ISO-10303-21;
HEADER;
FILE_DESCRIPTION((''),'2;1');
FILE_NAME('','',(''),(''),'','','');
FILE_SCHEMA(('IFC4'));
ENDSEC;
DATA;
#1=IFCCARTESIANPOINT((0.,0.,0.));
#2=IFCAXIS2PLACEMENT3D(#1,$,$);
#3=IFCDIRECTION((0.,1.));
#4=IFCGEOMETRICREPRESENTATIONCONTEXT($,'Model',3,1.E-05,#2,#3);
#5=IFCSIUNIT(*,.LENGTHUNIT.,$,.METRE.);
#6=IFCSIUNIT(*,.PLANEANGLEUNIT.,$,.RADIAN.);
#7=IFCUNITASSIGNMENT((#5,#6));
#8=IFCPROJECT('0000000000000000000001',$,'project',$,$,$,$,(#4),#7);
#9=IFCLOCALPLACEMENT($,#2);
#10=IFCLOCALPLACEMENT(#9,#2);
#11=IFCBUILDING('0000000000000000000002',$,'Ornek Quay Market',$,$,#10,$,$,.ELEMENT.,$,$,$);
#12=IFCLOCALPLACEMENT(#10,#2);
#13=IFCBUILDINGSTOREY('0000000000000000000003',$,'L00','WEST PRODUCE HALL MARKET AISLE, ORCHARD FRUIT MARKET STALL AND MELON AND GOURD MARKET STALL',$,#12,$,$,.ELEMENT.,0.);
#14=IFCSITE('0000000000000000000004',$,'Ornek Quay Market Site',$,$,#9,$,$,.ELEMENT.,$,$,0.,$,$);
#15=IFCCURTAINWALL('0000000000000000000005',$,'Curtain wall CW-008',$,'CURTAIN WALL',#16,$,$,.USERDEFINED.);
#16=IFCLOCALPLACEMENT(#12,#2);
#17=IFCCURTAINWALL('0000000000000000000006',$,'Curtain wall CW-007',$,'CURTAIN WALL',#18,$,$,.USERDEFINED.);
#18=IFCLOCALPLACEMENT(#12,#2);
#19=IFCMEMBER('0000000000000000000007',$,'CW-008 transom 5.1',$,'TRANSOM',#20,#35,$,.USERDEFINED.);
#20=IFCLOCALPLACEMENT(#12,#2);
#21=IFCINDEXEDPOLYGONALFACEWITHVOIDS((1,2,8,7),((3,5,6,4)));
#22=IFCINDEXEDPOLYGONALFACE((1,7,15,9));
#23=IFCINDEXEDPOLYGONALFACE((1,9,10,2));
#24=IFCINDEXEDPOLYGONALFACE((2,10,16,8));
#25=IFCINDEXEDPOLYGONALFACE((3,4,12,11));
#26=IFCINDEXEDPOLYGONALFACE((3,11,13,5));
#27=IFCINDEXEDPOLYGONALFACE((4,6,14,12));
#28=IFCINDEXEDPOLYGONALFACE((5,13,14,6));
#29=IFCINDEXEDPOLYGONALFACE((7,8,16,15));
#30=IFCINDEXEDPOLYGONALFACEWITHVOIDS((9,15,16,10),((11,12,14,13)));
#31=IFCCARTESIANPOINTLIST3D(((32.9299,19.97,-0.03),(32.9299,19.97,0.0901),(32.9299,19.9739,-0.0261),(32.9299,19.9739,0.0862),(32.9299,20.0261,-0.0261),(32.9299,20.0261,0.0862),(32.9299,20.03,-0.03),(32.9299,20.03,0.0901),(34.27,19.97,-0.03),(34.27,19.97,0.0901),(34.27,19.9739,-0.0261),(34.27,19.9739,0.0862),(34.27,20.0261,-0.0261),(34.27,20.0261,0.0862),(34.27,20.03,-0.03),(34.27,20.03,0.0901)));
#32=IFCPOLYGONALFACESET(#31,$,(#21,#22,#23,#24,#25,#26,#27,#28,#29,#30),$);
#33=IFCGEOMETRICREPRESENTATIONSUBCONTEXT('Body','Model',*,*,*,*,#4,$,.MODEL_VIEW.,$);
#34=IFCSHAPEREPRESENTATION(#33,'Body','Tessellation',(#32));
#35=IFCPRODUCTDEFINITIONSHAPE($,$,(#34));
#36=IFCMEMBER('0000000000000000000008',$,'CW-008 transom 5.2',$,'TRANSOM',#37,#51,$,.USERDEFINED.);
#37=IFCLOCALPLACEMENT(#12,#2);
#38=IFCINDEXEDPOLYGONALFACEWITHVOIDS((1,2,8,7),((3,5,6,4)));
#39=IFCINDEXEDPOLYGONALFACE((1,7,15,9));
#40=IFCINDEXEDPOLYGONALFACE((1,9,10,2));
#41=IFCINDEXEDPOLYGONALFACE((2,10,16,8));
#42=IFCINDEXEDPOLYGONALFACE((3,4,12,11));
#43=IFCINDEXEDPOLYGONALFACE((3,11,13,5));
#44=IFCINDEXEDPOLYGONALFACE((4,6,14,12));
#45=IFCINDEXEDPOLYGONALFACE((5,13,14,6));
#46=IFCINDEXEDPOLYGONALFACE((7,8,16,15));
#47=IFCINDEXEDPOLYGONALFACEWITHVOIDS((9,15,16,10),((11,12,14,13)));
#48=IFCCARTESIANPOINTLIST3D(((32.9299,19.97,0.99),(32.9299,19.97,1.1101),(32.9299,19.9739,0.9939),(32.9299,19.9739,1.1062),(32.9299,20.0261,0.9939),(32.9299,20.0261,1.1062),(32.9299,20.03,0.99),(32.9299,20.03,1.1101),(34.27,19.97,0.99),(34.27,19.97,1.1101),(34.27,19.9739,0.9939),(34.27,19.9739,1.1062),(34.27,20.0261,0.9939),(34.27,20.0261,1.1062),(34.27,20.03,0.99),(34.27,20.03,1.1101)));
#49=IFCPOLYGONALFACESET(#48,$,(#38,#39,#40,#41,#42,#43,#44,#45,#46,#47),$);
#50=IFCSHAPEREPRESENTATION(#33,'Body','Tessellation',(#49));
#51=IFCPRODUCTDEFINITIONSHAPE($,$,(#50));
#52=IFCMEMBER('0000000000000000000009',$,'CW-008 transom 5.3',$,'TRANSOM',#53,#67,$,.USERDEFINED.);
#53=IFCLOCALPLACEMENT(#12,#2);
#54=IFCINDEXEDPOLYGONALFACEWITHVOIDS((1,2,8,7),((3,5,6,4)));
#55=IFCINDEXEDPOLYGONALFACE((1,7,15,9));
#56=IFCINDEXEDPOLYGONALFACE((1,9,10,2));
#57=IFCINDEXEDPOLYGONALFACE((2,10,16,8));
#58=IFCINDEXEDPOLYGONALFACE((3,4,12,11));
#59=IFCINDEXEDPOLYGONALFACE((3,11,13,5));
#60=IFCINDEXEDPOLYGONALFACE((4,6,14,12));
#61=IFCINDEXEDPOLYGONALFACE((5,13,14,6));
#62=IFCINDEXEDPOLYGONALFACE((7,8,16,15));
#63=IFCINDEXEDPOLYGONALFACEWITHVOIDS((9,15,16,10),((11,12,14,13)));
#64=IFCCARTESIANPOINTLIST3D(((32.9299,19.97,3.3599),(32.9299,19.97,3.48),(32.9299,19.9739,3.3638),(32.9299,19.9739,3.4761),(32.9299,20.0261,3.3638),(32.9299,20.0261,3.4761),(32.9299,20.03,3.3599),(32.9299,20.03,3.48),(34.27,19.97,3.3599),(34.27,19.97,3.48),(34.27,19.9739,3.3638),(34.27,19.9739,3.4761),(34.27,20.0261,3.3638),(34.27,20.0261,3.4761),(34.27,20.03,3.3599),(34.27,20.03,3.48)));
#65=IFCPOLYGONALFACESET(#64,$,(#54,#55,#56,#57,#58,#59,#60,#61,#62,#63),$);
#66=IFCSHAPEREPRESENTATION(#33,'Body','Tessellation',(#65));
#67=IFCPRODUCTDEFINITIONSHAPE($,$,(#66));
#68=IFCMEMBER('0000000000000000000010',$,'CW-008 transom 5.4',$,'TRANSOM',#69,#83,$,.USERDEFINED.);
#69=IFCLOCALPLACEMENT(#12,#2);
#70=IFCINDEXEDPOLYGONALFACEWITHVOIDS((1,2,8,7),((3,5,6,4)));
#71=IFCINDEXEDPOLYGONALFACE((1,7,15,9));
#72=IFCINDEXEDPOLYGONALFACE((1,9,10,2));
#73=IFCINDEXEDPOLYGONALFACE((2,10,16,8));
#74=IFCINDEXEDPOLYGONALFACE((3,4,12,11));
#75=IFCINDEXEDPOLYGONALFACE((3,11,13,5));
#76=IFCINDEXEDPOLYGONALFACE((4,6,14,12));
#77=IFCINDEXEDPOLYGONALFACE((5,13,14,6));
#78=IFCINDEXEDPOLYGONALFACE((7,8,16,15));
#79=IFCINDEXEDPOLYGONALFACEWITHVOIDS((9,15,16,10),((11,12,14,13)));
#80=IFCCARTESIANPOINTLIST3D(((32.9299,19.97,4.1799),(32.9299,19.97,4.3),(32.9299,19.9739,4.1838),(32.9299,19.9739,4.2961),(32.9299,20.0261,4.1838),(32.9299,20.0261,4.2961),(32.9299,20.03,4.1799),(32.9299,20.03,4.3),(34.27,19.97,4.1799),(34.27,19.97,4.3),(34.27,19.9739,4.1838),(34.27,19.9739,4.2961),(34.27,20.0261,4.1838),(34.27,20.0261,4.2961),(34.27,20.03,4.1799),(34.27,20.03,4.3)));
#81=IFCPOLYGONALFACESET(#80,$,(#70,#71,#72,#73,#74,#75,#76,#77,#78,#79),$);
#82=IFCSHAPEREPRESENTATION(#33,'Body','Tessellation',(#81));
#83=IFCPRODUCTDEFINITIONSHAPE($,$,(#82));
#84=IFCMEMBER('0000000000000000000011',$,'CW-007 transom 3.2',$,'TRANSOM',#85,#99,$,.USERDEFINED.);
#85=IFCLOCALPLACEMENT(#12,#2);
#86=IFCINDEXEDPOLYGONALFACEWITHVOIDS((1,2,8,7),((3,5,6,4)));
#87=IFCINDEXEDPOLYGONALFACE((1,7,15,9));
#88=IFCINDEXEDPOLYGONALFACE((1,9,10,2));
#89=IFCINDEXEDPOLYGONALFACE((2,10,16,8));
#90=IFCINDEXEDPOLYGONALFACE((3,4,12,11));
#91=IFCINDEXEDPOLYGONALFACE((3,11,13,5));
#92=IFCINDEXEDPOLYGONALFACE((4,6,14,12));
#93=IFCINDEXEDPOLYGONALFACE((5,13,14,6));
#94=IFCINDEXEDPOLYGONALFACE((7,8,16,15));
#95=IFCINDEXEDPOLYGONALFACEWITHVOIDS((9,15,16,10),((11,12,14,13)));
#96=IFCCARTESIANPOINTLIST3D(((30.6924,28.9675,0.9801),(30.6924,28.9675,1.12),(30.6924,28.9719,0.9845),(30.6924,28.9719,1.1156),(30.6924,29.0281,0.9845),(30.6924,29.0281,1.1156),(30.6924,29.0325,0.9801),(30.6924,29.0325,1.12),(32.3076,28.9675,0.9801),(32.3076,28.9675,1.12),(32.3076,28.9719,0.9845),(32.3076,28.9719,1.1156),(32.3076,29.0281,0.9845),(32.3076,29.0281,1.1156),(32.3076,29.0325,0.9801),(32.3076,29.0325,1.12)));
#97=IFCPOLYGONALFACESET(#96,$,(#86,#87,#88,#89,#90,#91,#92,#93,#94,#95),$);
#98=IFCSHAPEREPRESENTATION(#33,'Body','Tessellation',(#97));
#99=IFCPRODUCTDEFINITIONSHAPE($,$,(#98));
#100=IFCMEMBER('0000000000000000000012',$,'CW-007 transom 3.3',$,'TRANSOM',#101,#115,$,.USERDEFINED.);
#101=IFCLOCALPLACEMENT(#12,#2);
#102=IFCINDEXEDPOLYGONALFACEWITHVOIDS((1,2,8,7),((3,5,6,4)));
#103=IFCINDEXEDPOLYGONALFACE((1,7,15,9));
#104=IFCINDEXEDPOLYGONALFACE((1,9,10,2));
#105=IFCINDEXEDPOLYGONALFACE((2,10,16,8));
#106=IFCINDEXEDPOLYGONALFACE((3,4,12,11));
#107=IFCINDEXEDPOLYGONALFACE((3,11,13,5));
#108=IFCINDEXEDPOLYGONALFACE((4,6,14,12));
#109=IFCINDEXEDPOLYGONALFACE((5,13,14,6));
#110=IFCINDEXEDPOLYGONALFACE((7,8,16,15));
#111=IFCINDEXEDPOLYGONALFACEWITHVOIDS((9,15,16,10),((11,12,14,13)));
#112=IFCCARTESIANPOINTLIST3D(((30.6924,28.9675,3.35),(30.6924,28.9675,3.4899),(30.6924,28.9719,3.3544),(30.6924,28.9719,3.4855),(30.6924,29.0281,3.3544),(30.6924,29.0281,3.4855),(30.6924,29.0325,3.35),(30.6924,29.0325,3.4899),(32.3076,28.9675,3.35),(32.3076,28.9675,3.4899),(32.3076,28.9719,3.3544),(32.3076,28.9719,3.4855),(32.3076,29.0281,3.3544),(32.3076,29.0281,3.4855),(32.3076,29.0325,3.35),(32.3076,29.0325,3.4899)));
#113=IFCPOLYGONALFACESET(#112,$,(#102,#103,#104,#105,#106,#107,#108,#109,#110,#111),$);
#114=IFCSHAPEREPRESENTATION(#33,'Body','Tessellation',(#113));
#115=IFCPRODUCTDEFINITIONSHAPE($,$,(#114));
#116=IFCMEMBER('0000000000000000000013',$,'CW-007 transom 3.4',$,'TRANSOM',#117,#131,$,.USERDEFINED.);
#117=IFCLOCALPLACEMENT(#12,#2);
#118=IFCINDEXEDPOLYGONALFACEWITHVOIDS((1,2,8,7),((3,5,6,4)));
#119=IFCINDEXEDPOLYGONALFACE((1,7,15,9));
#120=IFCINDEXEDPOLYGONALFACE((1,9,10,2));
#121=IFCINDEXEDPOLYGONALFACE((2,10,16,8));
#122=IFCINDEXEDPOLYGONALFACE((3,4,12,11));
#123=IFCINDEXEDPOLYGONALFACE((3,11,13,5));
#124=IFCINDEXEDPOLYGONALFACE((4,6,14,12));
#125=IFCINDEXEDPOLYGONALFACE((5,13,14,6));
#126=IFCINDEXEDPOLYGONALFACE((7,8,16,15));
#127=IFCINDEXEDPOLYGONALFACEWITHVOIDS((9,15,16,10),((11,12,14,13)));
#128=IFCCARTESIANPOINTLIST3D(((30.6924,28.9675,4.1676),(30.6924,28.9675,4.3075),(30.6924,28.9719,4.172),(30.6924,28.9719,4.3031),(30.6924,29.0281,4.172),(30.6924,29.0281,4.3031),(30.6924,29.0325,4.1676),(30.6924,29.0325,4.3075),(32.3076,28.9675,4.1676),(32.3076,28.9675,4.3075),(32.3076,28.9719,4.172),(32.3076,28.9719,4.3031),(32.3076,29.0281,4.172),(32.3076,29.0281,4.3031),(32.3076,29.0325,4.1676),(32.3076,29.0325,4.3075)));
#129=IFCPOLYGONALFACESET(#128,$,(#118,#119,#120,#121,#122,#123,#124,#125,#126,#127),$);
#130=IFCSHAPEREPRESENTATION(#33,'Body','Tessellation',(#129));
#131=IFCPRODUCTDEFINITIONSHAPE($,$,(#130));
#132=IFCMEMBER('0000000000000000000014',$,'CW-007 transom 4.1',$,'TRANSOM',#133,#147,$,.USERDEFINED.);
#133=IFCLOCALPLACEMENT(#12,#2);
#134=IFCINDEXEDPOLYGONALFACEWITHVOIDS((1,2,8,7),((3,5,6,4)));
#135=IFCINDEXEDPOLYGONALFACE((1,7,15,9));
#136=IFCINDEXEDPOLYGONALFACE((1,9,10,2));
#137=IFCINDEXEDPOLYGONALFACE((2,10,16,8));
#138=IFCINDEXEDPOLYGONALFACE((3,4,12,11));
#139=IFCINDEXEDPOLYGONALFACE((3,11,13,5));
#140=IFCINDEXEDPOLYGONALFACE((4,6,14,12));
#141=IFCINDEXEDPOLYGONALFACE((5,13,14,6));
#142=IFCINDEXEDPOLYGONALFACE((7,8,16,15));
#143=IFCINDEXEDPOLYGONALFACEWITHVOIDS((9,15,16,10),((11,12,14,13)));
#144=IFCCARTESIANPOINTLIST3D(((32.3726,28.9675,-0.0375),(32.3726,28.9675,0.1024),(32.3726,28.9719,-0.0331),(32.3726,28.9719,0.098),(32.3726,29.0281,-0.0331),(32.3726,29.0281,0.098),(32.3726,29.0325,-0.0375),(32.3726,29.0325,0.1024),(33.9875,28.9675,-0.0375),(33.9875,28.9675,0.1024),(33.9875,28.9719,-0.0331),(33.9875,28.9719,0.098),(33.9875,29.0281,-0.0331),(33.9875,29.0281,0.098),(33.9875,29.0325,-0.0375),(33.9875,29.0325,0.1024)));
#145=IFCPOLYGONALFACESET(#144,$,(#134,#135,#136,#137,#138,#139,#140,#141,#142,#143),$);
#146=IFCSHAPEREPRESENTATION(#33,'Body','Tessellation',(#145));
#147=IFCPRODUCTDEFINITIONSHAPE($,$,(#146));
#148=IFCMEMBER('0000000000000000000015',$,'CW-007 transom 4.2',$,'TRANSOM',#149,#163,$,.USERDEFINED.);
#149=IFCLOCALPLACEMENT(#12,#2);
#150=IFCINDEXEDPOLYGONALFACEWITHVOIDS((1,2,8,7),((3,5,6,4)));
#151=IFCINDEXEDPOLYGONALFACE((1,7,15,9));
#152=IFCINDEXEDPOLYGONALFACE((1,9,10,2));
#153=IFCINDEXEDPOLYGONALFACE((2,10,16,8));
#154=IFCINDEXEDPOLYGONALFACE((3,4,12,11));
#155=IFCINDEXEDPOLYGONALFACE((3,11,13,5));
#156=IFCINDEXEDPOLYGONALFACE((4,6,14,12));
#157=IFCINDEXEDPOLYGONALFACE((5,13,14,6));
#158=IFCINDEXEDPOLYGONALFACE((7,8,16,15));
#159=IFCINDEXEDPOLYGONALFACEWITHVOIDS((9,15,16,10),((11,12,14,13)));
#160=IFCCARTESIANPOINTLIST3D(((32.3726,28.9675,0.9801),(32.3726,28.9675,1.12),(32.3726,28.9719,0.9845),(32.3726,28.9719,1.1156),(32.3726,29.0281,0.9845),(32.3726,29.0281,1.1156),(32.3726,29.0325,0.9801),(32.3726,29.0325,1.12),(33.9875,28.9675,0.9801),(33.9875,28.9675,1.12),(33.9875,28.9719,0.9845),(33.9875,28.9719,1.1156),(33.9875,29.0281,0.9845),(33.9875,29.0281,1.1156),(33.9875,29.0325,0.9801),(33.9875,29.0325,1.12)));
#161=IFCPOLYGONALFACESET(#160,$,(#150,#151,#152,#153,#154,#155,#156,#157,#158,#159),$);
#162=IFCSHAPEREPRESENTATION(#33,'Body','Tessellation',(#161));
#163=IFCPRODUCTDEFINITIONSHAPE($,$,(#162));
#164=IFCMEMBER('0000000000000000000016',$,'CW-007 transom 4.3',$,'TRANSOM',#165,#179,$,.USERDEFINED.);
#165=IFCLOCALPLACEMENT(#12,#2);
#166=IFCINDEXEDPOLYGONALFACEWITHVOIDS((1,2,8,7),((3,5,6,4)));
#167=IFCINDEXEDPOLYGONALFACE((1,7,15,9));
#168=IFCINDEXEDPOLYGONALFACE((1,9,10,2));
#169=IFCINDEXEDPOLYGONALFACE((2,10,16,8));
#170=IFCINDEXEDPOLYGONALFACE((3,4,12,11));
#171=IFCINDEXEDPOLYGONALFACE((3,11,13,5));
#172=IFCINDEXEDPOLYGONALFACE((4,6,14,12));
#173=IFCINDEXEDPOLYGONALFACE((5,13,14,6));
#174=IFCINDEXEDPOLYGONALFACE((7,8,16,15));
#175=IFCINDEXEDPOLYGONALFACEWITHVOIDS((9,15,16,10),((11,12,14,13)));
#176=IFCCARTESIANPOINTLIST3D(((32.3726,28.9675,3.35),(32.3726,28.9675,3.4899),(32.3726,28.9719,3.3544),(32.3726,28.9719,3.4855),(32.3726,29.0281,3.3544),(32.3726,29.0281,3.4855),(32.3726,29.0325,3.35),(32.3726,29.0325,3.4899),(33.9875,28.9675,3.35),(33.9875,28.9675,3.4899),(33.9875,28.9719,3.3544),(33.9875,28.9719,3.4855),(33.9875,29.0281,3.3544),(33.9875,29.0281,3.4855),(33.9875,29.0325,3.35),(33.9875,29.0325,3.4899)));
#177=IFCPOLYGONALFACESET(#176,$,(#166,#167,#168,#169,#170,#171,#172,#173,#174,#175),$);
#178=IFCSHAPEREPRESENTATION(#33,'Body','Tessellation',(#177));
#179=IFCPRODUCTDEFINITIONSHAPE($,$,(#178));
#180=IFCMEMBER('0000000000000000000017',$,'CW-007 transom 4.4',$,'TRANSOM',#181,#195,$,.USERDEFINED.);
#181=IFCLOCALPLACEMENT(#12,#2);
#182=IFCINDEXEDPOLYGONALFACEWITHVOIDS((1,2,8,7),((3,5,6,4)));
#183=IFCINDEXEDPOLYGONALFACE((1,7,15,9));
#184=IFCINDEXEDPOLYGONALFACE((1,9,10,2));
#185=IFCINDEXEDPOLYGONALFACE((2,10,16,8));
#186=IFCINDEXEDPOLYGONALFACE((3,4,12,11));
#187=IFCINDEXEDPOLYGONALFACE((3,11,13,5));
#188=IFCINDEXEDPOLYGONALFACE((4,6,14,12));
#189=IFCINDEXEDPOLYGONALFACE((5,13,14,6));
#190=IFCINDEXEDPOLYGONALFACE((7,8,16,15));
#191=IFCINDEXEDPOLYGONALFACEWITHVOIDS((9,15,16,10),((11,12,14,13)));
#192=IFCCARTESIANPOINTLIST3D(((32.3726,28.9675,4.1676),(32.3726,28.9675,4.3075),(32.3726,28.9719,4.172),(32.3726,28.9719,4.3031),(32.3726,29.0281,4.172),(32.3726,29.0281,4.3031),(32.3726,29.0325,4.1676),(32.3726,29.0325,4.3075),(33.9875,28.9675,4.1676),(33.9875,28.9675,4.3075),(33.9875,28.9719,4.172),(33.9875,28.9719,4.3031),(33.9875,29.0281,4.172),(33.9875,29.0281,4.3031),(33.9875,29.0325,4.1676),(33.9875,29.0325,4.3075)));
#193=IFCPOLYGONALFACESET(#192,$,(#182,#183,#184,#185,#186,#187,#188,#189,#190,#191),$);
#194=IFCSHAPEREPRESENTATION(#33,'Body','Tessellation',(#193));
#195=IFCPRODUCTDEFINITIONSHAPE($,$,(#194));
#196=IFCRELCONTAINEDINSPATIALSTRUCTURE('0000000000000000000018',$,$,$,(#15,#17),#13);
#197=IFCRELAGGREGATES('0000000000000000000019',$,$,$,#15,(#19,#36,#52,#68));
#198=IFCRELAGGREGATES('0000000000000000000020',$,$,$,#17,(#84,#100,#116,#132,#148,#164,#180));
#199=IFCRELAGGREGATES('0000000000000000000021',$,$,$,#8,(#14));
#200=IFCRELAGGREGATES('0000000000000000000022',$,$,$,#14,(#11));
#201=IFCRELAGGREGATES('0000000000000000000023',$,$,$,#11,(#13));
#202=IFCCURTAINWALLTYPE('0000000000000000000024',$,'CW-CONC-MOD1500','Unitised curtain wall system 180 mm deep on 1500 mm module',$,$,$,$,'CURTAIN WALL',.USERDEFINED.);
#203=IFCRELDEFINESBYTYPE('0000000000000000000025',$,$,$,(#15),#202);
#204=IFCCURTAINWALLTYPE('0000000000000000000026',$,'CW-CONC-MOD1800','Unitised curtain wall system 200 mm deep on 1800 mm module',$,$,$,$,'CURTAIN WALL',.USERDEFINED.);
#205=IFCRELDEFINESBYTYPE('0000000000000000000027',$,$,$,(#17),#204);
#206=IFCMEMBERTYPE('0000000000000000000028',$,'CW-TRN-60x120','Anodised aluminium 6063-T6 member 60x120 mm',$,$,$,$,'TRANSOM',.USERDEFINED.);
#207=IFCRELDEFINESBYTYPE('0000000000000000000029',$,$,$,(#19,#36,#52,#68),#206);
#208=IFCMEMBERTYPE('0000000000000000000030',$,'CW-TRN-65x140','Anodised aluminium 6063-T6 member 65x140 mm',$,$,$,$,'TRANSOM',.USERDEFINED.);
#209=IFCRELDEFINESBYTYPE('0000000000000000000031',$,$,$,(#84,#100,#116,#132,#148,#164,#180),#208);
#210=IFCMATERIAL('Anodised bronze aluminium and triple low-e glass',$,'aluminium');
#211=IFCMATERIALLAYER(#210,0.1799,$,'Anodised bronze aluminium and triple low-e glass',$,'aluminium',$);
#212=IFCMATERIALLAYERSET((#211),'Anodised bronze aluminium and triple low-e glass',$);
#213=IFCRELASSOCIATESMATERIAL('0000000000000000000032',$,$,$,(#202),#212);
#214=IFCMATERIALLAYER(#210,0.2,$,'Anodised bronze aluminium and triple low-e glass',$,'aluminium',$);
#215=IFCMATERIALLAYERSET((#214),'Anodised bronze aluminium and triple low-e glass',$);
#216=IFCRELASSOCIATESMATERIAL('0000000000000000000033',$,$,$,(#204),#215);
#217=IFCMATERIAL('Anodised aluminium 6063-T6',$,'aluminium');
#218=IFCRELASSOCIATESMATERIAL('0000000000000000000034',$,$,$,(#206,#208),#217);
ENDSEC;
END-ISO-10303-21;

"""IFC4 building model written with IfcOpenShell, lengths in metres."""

from ifc_helpers import new_model, si_unit, direction, frame, origin, origin_2d, place, context, subcontext, project, spatial, hollow_rectangle, extrude, material, layer, layer_set, material_profile, profile_set, type_object, element, aggregate, save


model = new_model("IFC4")

# Units and contexts
model_context = context("Model", 3, precision=1e-05, world=origin(), true_north=direction((0.0, 1.0)))
body_context = subcontext(model_context, "Body", "Model", "MODEL_VIEW")
ifc_project = project(units=[si_unit("LENGTHUNIT", "METRE"), si_unit("PLANEANGLEUNIT", "RADIAN")], contexts=[model_context])

# Site, building, storey
site_placement = place(None, origin())
site = spatial("IfcSite", under=ifc_project, at=site_placement, Name="Ornek Quay Market Site", CompositionType="ELEMENT", RefElevation=0.0)
building_placement = place(site_placement, origin())
building = spatial("IfcBuilding", under=site, at=building_placement, Name="Ornek Quay Market", CompositionType="ELEMENT")
storey_placement = place(building_placement, origin())
storey = spatial("IfcBuildingStorey", under=building, at=storey_placement, Name="L00", Description="WEST PRODUCE HALL MARKET AISLE, ORCHARD FRUIT MARKET STALL AND MELON AND GOURD MARKET STALL", CompositionType="ELEMENT", Elevation=0.0)

# Curtain walls
ifc_material_1 = material(Name="Anodised bronze aluminium and triple low-e glass", Category="aluminium")
ifc_layer_1 = layer(ifc_material_1, 0.1799, Name="Anodised bronze aluminium and triple low-e glass", Category="aluminium")
ifc_layer_set_1 = layer_set([ifc_layer_1], Name="Anodised bronze aluminium and triple low-e glass")
curtain_wall_type_1 = type_object("IfcCurtainWallType", Name="CW-CONC-MOD1500", Description="Unitised curtain wall system 180 mm deep on 1500 mm module", ElementType="CURTAIN WALL", PredefinedType="USERDEFINED", material=ifc_layer_set_1)
curtain_wall_1_placement = place(storey_placement, origin())
curtain_wall_1 = element("IfcCurtainWall", 1, at=curtain_wall_1_placement, inside=storey, type_object=curtain_wall_type_1, Name="Curtain wall CW-008", ObjectType="CURTAIN WALL", PredefinedType="USERDEFINED")
ifc_material_2 = material(Name="Anodised aluminium 6063-T6", Category="aluminium")
ifc_layer_2 = layer(ifc_material_1, 0.2, Name="Anodised bronze aluminium and triple low-e glass", Category="aluminium")
ifc_layer_set_2 = layer_set([ifc_layer_2], Name="Anodised bronze aluminium and triple low-e glass")
curtain_wall_type_2 = type_object("IfcCurtainWallType", Name="CW-CONC-MOD1800", Description="Unitised curtain wall system 200 mm deep on 1800 mm module", ElementType="CURTAIN WALL", PredefinedType="USERDEFINED", material=ifc_layer_set_2)
curtain_wall_2_placement = place(storey_placement, origin())
curtain_wall_2 = element("IfcCurtainWall", 2, at=curtain_wall_2_placement, inside=storey, type_object=curtain_wall_type_2, Name="Curtain wall CW-007", ObjectType="CURTAIN WALL", PredefinedType="USERDEFINED")

# Members
ifc_material_profile_1 = material_profile(ifc_material_2, hollow_rectangle(XDim=0.0601, YDim=0.1201, WallThickness=0.0039, at=origin_2d()), Name="CW-TRN-60x120", Category="aluminium")
ifc_profile_set_1 = profile_set([ifc_material_profile_1], Name="Anodised aluminium 6063-T6")
member_type_1 = type_object("IfcMemberType", Name="CW-TRN-60x120", Description="Anodised aluminium 6063-T6 member 60x120 mm", ElementType="TRANSOM", PredefinedType="USERDEFINED", material=ifc_profile_set_1)
member_1_placement = place(storey_placement, frame((32.9299, 20.0, 0.03), z_axis=(1.0, 0.0, 0.0), x_axis=(0.0, 1.0, 0.0)))
member_1 = element("IfcMember", 3, at=member_1_placement, type_object=member_type_1, Name="CW-008 transom 5.1", ObjectType="TRANSOM", PredefinedType="USERDEFINED", context=body_context, shape_type="SweptSolid", body=[
    extrude(hollow_rectangle(XDim=0.0601, YDim=0.1201, WallThickness=0.0039, at=origin_2d()), origin(), (0.0, 0.0, 1.0), 1.3401),
])
member_2_placement = place(storey_placement, frame((32.9299, 20.0, 1.05), z_axis=(1.0, 0.0, 0.0), x_axis=(0.0, 1.0, 0.0)))
member_2 = element("IfcMember", 4, at=member_2_placement, type_object=member_type_1, Name="CW-008 transom 5.2", ObjectType="TRANSOM", PredefinedType="USERDEFINED", context=body_context, shape_type="SweptSolid", body=[
    extrude(hollow_rectangle(XDim=0.0601, YDim=0.1201, WallThickness=0.0039, at=origin_2d()), origin(), (0.0, 0.0, 1.0), 1.3401),
])
member_3_placement = place(storey_placement, frame((32.9299, 20.0, 3.4199), z_axis=(1.0, 0.0, 0.0), x_axis=(0.0, 1.0, 0.0)))
member_3 = element("IfcMember", 5, at=member_3_placement, type_object=member_type_1, Name="CW-008 transom 5.3", ObjectType="TRANSOM", PredefinedType="USERDEFINED", context=body_context, shape_type="SweptSolid", body=[
    extrude(hollow_rectangle(XDim=0.0601, YDim=0.1201, WallThickness=0.0039, at=origin_2d()), origin(), (0.0, 0.0, 1.0), 1.3401),
])
member_4_placement = place(storey_placement, frame((32.9299, 20.0, 4.24), z_axis=(1.0, 0.0, 0.0), x_axis=(0.0, 1.0, 0.0)))
member_4 = element("IfcMember", 6, at=member_4_placement, type_object=member_type_1, Name="CW-008 transom 5.4", ObjectType="TRANSOM", PredefinedType="USERDEFINED", context=body_context, shape_type="SweptSolid", body=[
    extrude(hollow_rectangle(XDim=0.0601, YDim=0.1201, WallThickness=0.0039, at=origin_2d()), origin(), (0.0, 0.0, 1.0), 1.3401),
])
ifc_material_profile_2 = material_profile(ifc_material_2, hollow_rectangle(XDim=0.0649, YDim=0.1399, WallThickness=0.0044, at=origin_2d()), Name="CW-TRN-65x140", Category="aluminium")
ifc_profile_set_2 = profile_set([ifc_material_profile_2], Name="Anodised aluminium 6063-T6")
member_type_2 = type_object("IfcMemberType", Name="CW-TRN-65x140", Description="Anodised aluminium 6063-T6 member 65x140 mm", ElementType="TRANSOM", PredefinedType="USERDEFINED", material=ifc_profile_set_2)
member_5_placement = place(storey_placement, frame((30.6924, 29.0, 1.05), z_axis=(1.0, 0.0, 0.0), x_axis=(0.0, 1.0, 0.0)))
member_5 = element("IfcMember", 7, at=member_5_placement, type_object=member_type_2, Name="CW-007 transom 3.2", ObjectType="TRANSOM", PredefinedType="USERDEFINED", context=body_context, shape_type="SweptSolid", body=[
    extrude(hollow_rectangle(XDim=0.0649, YDim=0.1399, WallThickness=0.0044, at=origin_2d()), origin(), (0.0, 0.0, 1.0), 1.6152),
])
member_6_placement = place(storey_placement, frame((30.6924, 29.0, 3.4199), z_axis=(1.0, 0.0, 0.0), x_axis=(0.0, 1.0, 0.0)))
member_6 = element("IfcMember", 8, at=member_6_placement, type_object=member_type_2, Name="CW-007 transom 3.3", ObjectType="TRANSOM", PredefinedType="USERDEFINED", context=body_context, shape_type="SweptSolid", body=[
    extrude(hollow_rectangle(XDim=0.0649, YDim=0.1399, WallThickness=0.0044, at=origin_2d()), origin(), (0.0, 0.0, 1.0), 1.6152),
])
member_7_placement = place(storey_placement, frame((30.6924, 29.0, 4.2375), z_axis=(1.0, 0.0, 0.0), x_axis=(0.0, 1.0, 0.0)))
member_7 = element("IfcMember", 9, at=member_7_placement, type_object=member_type_2, Name="CW-007 transom 3.4", ObjectType="TRANSOM", PredefinedType="USERDEFINED", context=body_context, shape_type="SweptSolid", body=[
    extrude(hollow_rectangle(XDim=0.0649, YDim=0.1399, WallThickness=0.0044, at=origin_2d()), origin(), (0.0, 0.0, 1.0), 1.6152),
])
member_8_placement = place(storey_placement, frame((32.3726, 29.0, 0.0325), z_axis=(1.0, 0.0, 0.0), x_axis=(0.0, 1.0, 0.0)))
member_8 = element("IfcMember", 10, at=member_8_placement, type_object=member_type_2, Name="CW-007 transom 4.1", ObjectType="TRANSOM", PredefinedType="USERDEFINED", context=body_context, shape_type="SweptSolid", body=[
    extrude(hollow_rectangle(XDim=0.0649, YDim=0.1399, WallThickness=0.0044, at=origin_2d()), origin(), (0.0, 0.0, 1.0), 1.615),
])
member_9_placement = place(storey_placement, frame((32.3726, 29.0, 1.05), z_axis=(1.0, 0.0, 0.0), x_axis=(0.0, 1.0, 0.0)))
member_9 = element("IfcMember", 11, at=member_9_placement, type_object=member_type_2, Name="CW-007 transom 4.2", ObjectType="TRANSOM", PredefinedType="USERDEFINED", context=body_context, shape_type="SweptSolid", body=[
    extrude(hollow_rectangle(XDim=0.0649, YDim=0.1399, WallThickness=0.0044, at=origin_2d()), origin(), (0.0, 0.0, 1.0), 1.615),
])
member_10_placement = place(storey_placement, frame((32.3726, 29.0, 3.4199), z_axis=(1.0, 0.0, 0.0), x_axis=(0.0, 1.0, 0.0)))
member_10 = element("IfcMember", 12, at=member_10_placement, type_object=member_type_2, Name="CW-007 transom 4.3", ObjectType="TRANSOM", PredefinedType="USERDEFINED", context=body_context, shape_type="SweptSolid", body=[
    extrude(hollow_rectangle(XDim=0.0649, YDim=0.1399, WallThickness=0.0044, at=origin_2d()), origin(), (0.0, 0.0, 1.0), 1.615),
])
member_11_placement = place(storey_placement, frame((32.3726, 29.0, 4.2375), z_axis=(1.0, 0.0, 0.0), x_axis=(0.0, 1.0, 0.0)))
member_11 = element("IfcMember", 13, at=member_11_placement, type_object=member_type_2, Name="CW-007 transom 4.4", ObjectType="TRANSOM", PredefinedType="USERDEFINED", context=body_context, shape_type="SweptSolid", body=[
    extrude(hollow_rectangle(XDim=0.0649, YDim=0.1399, WallThickness=0.0044, at=origin_2d()), origin(), (0.0, 0.0, 1.0), 1.615),
])

aggregate(curtain_wall_1, [member_1, member_2, member_3, member_4])
aggregate(curtain_wall_2, [member_5, member_6, member_7, member_8, member_9, member_10, member_11])

save(model, "model.ifc")
